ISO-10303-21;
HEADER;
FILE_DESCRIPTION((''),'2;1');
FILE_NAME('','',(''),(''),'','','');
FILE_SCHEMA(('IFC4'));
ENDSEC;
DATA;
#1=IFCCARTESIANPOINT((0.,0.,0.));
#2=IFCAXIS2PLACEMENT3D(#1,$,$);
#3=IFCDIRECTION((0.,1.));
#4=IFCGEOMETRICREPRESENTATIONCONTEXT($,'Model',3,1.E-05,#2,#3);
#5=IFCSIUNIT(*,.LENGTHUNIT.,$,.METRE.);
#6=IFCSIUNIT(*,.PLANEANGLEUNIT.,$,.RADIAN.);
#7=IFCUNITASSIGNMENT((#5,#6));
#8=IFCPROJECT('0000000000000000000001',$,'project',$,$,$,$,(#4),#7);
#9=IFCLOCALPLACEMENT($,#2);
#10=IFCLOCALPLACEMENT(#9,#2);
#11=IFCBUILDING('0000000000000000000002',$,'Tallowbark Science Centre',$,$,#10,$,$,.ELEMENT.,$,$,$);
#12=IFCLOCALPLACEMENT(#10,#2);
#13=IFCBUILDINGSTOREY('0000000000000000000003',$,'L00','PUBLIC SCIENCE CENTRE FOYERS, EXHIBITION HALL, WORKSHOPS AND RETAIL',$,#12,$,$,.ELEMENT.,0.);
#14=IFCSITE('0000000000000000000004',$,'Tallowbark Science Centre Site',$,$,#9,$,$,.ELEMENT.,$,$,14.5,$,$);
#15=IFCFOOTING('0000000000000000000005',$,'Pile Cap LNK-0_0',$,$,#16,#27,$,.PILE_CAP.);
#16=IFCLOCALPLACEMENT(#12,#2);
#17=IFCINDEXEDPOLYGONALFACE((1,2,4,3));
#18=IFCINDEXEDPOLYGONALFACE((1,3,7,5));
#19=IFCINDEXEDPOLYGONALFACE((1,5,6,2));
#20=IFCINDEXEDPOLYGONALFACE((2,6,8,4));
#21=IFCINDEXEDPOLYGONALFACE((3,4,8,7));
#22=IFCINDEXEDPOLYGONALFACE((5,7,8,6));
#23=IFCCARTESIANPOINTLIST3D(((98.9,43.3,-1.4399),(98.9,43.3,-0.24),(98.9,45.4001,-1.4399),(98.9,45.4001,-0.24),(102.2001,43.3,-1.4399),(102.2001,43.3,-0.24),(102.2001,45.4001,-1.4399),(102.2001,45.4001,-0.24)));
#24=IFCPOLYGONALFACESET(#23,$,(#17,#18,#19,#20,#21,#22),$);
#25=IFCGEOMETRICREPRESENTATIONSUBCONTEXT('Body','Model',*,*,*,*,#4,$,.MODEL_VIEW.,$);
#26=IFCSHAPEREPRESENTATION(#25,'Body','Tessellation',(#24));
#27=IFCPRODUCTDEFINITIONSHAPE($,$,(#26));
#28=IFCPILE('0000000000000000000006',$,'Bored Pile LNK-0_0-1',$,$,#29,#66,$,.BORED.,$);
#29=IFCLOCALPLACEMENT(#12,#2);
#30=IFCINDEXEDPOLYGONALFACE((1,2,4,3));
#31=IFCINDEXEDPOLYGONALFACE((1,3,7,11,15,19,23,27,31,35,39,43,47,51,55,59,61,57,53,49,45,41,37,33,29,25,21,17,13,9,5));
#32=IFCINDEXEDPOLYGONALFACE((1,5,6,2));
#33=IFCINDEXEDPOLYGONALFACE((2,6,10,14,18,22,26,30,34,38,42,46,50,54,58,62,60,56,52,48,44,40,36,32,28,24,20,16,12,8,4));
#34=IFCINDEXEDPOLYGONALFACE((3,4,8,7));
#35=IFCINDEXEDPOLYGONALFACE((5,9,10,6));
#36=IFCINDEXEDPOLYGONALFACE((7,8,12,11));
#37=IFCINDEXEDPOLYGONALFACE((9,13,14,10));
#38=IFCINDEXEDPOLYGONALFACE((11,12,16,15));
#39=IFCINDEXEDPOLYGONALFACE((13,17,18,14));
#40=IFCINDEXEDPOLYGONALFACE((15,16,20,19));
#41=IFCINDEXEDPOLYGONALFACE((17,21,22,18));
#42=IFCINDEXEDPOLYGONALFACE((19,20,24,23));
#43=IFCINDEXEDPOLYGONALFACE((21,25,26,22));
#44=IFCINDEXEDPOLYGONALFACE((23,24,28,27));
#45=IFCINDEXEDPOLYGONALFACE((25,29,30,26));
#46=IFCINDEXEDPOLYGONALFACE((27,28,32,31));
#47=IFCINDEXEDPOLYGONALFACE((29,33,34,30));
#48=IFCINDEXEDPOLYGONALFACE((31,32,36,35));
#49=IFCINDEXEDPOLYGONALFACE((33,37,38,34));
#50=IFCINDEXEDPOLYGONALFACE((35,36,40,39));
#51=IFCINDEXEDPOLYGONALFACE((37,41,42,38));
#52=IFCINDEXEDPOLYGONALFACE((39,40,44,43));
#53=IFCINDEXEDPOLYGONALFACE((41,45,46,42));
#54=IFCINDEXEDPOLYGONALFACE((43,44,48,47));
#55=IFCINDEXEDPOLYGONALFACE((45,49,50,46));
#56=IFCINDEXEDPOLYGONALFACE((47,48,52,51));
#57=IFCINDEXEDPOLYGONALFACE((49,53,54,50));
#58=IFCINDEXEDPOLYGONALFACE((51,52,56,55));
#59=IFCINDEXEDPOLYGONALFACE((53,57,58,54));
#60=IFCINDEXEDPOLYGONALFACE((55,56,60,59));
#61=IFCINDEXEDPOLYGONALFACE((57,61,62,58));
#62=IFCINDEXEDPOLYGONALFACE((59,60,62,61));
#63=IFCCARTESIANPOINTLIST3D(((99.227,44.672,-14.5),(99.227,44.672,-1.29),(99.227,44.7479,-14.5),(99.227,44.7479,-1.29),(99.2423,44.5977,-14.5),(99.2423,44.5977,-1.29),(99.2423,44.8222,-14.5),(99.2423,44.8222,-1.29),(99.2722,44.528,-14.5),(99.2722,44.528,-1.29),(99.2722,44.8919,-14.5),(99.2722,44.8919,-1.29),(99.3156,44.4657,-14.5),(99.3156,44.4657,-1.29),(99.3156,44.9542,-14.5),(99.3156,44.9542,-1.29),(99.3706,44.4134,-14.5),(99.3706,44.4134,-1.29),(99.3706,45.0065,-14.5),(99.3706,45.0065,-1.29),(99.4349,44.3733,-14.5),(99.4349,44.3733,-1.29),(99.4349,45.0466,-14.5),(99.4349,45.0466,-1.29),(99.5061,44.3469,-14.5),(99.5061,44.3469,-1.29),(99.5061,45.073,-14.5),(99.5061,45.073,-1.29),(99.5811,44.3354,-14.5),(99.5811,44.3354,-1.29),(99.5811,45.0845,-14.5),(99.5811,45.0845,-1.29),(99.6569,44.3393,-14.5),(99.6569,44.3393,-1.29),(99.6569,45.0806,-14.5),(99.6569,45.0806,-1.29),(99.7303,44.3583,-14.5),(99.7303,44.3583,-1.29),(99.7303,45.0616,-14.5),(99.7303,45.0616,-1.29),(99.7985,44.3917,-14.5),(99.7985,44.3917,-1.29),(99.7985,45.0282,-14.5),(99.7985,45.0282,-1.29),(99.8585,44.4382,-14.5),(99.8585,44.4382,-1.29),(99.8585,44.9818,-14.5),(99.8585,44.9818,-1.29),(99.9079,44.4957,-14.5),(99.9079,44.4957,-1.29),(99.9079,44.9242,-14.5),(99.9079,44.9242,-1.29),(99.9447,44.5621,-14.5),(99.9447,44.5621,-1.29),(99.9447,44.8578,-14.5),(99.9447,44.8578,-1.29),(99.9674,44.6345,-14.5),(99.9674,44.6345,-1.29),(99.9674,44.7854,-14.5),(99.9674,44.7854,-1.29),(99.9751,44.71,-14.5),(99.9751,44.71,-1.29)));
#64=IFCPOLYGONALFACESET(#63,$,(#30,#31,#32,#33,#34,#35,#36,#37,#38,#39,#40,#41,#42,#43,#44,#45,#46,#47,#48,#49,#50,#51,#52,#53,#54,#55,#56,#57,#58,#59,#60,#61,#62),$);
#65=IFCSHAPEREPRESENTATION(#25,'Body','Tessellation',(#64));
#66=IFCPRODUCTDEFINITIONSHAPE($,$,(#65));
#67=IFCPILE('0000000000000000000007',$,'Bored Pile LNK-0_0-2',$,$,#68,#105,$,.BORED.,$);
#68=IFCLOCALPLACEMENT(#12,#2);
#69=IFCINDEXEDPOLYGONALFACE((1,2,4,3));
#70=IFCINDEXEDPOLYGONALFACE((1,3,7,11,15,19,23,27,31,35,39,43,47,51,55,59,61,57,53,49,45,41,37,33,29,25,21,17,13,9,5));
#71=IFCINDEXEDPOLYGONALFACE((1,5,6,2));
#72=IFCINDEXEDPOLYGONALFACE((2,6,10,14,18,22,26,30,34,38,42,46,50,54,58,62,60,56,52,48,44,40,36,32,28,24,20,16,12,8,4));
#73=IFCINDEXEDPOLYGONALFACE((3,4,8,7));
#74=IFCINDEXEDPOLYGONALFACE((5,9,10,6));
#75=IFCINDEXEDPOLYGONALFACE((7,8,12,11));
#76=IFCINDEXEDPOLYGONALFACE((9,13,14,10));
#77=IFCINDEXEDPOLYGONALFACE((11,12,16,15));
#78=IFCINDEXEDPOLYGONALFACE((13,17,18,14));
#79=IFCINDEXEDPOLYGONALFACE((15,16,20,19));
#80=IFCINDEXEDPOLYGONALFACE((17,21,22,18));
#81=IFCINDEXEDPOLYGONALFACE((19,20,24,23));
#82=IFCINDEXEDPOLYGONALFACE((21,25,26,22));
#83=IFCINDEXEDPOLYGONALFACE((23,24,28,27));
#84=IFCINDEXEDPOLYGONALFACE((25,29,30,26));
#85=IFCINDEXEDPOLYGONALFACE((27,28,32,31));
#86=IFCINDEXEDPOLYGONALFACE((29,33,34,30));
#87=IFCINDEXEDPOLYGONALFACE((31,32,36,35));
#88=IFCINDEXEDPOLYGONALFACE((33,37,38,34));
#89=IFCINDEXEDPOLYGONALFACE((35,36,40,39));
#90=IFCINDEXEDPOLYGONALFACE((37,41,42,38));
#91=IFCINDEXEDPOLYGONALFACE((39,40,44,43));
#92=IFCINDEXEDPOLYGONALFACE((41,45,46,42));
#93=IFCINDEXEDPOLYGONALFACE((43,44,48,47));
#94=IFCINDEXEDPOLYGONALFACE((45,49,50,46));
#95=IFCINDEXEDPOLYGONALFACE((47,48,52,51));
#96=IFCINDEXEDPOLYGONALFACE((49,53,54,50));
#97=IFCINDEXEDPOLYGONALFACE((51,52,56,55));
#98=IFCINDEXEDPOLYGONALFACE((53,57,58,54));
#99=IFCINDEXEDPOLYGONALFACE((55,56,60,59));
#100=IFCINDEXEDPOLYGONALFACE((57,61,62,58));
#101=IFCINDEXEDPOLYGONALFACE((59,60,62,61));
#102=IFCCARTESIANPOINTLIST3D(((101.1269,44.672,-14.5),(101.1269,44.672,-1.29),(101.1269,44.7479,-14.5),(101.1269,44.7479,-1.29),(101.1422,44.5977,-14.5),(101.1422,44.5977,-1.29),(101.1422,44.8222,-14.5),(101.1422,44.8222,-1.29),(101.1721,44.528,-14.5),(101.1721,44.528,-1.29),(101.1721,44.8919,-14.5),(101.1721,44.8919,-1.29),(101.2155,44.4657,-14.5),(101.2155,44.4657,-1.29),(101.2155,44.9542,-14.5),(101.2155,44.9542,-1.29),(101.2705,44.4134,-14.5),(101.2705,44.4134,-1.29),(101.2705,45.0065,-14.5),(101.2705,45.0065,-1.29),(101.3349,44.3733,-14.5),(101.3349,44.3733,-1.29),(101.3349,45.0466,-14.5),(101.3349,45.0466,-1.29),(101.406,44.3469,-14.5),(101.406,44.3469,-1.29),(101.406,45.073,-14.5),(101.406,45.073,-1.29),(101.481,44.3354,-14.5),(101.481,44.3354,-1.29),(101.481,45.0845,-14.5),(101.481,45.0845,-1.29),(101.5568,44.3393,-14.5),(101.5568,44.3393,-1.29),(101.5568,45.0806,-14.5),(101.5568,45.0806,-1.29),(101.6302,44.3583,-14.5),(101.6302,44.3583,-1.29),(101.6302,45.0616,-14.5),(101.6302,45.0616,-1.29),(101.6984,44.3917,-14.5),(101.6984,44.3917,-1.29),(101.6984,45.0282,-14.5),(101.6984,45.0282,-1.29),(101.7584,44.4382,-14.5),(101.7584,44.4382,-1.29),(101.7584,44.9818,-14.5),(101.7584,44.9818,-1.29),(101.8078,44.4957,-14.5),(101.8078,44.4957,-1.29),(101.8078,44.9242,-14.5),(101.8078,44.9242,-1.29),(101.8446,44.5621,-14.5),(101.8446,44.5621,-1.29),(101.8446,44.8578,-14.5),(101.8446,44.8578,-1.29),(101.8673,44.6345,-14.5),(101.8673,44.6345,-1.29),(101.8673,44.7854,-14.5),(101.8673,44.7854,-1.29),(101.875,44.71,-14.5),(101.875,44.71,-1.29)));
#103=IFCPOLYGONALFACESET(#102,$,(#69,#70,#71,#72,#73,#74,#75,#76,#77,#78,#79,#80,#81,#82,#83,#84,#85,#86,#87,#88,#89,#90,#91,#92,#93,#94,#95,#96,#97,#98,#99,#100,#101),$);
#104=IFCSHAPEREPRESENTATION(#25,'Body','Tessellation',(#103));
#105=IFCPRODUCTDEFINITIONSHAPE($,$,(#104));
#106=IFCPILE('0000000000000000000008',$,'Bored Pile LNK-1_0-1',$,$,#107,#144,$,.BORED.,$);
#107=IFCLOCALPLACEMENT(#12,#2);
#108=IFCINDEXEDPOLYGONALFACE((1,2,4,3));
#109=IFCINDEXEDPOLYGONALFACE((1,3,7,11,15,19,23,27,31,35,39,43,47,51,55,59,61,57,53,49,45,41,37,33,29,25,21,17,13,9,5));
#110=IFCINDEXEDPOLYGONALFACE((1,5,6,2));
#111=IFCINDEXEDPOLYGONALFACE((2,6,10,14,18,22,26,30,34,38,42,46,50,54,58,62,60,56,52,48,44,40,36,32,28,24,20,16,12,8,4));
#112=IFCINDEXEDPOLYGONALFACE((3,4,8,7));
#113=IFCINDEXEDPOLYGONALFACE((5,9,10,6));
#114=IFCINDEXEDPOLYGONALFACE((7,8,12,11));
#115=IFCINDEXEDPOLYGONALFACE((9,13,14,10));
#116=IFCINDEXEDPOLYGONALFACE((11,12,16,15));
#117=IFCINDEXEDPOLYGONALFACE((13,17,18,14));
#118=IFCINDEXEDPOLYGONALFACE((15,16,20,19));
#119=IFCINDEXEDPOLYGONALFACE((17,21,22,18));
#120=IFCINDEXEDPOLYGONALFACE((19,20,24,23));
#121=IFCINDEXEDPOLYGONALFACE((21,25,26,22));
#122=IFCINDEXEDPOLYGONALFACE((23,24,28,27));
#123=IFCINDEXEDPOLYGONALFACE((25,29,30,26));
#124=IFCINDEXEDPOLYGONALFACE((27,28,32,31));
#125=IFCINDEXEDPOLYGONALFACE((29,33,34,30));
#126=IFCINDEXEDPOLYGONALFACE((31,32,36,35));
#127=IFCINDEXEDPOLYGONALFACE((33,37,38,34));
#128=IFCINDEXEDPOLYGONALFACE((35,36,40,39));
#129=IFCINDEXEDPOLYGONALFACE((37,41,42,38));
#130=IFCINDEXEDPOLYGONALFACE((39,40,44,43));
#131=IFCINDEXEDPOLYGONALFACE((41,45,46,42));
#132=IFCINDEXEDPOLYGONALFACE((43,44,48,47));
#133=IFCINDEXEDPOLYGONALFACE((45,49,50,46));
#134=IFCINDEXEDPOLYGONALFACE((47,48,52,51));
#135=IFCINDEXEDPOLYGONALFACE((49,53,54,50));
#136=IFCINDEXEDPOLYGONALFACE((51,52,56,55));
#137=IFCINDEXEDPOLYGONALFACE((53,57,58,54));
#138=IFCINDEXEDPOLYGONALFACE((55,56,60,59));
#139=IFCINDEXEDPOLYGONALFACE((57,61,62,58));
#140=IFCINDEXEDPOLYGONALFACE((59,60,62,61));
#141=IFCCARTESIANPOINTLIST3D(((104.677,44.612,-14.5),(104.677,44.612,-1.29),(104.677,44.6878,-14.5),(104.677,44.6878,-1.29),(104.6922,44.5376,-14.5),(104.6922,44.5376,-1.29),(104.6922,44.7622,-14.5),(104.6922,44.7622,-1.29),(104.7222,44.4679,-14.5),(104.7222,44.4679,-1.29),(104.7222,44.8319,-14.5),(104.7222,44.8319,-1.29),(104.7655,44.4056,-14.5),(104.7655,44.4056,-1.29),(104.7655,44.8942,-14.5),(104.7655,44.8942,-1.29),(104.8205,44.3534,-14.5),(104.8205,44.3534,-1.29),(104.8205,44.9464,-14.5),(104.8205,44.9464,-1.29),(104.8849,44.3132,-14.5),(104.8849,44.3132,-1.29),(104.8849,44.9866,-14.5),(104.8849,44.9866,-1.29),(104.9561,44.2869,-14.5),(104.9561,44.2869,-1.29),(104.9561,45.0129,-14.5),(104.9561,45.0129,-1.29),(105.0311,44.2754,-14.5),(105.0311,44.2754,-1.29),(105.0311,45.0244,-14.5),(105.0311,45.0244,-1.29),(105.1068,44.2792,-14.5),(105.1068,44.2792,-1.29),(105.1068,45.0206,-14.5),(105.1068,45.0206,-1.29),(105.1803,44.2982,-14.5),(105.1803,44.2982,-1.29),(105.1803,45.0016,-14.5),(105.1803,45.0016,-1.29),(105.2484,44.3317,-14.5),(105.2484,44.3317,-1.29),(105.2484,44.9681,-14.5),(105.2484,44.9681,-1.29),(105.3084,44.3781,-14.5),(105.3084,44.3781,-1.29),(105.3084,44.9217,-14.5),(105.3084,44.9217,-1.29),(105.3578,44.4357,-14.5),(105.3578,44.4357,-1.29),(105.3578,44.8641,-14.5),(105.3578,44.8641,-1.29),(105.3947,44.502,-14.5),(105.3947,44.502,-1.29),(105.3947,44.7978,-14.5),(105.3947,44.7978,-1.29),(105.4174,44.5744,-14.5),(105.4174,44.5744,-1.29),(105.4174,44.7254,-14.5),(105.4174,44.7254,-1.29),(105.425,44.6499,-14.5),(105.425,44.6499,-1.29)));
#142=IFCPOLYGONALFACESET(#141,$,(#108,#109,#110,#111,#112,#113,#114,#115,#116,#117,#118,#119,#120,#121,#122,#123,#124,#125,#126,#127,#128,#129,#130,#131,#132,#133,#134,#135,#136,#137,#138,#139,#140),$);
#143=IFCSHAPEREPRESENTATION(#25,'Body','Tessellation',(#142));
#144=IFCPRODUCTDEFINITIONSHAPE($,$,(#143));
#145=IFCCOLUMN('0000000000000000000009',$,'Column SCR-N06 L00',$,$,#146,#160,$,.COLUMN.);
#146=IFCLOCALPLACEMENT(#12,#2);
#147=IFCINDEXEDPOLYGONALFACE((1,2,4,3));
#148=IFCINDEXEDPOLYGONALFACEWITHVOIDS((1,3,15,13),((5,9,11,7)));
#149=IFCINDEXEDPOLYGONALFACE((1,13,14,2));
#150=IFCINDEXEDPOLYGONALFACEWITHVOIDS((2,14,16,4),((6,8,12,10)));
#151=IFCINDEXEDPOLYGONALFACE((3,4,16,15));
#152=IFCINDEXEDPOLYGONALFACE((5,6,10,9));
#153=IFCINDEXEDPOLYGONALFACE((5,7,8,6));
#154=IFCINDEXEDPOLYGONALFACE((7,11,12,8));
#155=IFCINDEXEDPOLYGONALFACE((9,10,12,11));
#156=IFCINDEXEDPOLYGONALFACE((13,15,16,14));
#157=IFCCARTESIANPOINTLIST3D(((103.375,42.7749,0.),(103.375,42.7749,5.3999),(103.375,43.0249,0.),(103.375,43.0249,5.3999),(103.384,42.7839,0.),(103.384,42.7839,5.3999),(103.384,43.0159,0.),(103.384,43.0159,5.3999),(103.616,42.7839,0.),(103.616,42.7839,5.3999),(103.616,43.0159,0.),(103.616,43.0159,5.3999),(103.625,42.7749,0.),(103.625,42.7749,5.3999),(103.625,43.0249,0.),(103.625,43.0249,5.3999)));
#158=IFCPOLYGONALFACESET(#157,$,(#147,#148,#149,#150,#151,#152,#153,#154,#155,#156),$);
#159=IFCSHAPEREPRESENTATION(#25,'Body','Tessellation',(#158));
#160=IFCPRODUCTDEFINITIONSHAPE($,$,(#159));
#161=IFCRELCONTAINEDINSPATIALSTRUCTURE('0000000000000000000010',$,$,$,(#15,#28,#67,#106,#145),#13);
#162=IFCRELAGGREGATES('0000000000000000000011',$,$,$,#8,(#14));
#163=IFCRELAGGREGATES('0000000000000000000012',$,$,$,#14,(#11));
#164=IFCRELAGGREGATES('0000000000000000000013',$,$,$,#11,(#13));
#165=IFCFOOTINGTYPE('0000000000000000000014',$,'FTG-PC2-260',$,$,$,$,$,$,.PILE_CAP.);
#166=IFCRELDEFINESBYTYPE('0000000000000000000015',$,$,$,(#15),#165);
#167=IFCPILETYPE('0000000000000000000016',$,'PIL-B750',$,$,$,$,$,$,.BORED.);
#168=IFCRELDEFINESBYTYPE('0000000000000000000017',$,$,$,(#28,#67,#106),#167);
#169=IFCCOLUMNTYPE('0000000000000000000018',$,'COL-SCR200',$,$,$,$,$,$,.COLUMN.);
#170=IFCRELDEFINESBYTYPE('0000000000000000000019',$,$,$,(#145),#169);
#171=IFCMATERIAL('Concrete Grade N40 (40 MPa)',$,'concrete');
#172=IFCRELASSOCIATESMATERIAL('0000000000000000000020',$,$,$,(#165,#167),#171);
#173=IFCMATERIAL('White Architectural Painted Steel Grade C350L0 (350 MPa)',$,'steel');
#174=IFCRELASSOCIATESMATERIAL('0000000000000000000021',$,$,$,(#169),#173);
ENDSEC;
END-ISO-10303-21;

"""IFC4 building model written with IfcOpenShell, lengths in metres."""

from ifc_helpers import new_model, si_unit, direction, frame, origin, origin_2d, place, context, subcontext, project, spatial, rectangle, hollow_rectangle, circle, extrude, material, material_profile, profile_set, type_object, element, save


model = new_model("IFC4")

# Units and contexts
model_context = context("Model", 3, precision=1e-05, world=origin(), true_north=direction((0.0, 1.0)))
body_context = subcontext(model_context, "Body", "Model", "MODEL_VIEW")
ifc_project = project(units=[si_unit("LENGTHUNIT", "METRE"), si_unit("PLANEANGLEUNIT", "RADIAN")], contexts=[model_context])

# Site, building, storey
site_placement = place(None, origin())
site = spatial("IfcSite", under=ifc_project, at=site_placement, Name="Tallowbark Science Centre Site", CompositionType="ELEMENT", RefElevation=14.5)
building_placement = place(site_placement, origin())
building = spatial("IfcBuilding", under=site, at=building_placement, Name="Tallowbark Science Centre", CompositionType="ELEMENT")
storey_placement = place(building_placement, origin())
storey = spatial("IfcBuildingStorey", under=building, at=storey_placement, Name="L00", Description="PUBLIC SCIENCE CENTRE FOYERS, EXHIBITION HALL, WORKSHOPS AND RETAIL", CompositionType="ELEMENT", Elevation=0.0)

# Footing
ifc_material_1 = material(Name="Concrete Grade N40 (40 MPa)", Category="concrete")
footing_type = type_object("IfcFootingType", Name="FTG-PC2-260", PredefinedType="PILE_CAP", material=ifc_material_1)
footing_placement = place(storey_placement, frame((100.55, 44.3501, -1.4399), z_axis=(0.0, 0.0, 1.0), x_axis=(1.0, 0.0, 0.0)))
element("IfcFooting", 1, at=footing_placement, inside=storey, type_object=footing_type, Name="Pile Cap LNK-0_0", PredefinedType="PILE_CAP", context=body_context, shape_type="SweptSolid", body=[
    extrude(rectangle(XDim=3.3, YDim=2.1001, at=origin_2d()), origin(), (0.0, 0.0, 1.0), 1.2),
])

# Piles
ifc_material_profile_1 = material_profile(ifc_material_1, circle(Radius=0.375, at=origin_2d()), Name="PILE750")
ifc_profile_set_1 = profile_set([ifc_material_profile_1], Name="Concrete Grade N40 (40 MPa)")
pile_type = type_object("IfcPileType", Name="PIL-B750", PredefinedType="BORED", material=ifc_profile_set_1)
for number, where, z_axis, x_axis, name in (
    (2, (99.6001, 44.71, -1.29), (0.0, 0.0, -1.0), (1.0, 0.0, 0.0), "Bored Pile LNK-0_0-1"),
    (3, (101.5, 44.71, -1.29), (0.0, 0.0, -1.0), (1.0, 0.0, 0.0), "Bored Pile LNK-0_0-2"),
    (4, (105.05, 44.6499, -1.29), (0.0, 0.0, -1.0), (1.0, 0.0, 0.0), "Bored Pile LNK-1_0-1"),
):
    element("IfcPile", number, at=place(storey_placement, frame(where, z_axis=z_axis, x_axis=x_axis)), inside=storey, type_object=pile_type, Name=name, PredefinedType="BORED", context=body_context, shape_type="SweptSolid", body=[
        extrude(circle(Radius=0.375, at=origin_2d()), origin(), (0.0, 0.0, 1.0), 13.21),
    ])

# Column
ifc_material_2 = material(Name="White Architectural Painted Steel Grade C350L0 (350 MPa)", Category="steel")
ifc_material_profile_2 = material_profile(ifc_material_2, hollow_rectangle(XDim=0.25, YDim=0.25, WallThickness=0.009, at=origin_2d()), Name="250x250x9.0SHS")
ifc_profile_set_2 = profile_set([ifc_material_profile_2], Name="White Architectural Painted Steel Grade C350L0 (350 MPa)")
column_type_1 = type_object("IfcColumnType", Name="COL-SCR200", PredefinedType="COLUMN", material=ifc_profile_set_2)
column_1_placement = place(storey_placement, frame((103.5, 42.8999, 0.0), z_axis=(0.0, 0.0, 1.0), x_axis=(1.0, 0.0, 0.0)))
element("IfcColumn", 5, at=column_1_placement, inside=storey, type_object=column_type_1, Name="Column SCR-N06 L00", PredefinedType="COLUMN", context=body_context, shape_type="SweptSolid", body=[
    extrude(hollow_rectangle(XDim=0.25, YDim=0.25, WallThickness=0.009, at=origin_2d()), origin(), (0.0, 0.0, 1.0), 5.3999),
])

save(model, "model.ifc")
